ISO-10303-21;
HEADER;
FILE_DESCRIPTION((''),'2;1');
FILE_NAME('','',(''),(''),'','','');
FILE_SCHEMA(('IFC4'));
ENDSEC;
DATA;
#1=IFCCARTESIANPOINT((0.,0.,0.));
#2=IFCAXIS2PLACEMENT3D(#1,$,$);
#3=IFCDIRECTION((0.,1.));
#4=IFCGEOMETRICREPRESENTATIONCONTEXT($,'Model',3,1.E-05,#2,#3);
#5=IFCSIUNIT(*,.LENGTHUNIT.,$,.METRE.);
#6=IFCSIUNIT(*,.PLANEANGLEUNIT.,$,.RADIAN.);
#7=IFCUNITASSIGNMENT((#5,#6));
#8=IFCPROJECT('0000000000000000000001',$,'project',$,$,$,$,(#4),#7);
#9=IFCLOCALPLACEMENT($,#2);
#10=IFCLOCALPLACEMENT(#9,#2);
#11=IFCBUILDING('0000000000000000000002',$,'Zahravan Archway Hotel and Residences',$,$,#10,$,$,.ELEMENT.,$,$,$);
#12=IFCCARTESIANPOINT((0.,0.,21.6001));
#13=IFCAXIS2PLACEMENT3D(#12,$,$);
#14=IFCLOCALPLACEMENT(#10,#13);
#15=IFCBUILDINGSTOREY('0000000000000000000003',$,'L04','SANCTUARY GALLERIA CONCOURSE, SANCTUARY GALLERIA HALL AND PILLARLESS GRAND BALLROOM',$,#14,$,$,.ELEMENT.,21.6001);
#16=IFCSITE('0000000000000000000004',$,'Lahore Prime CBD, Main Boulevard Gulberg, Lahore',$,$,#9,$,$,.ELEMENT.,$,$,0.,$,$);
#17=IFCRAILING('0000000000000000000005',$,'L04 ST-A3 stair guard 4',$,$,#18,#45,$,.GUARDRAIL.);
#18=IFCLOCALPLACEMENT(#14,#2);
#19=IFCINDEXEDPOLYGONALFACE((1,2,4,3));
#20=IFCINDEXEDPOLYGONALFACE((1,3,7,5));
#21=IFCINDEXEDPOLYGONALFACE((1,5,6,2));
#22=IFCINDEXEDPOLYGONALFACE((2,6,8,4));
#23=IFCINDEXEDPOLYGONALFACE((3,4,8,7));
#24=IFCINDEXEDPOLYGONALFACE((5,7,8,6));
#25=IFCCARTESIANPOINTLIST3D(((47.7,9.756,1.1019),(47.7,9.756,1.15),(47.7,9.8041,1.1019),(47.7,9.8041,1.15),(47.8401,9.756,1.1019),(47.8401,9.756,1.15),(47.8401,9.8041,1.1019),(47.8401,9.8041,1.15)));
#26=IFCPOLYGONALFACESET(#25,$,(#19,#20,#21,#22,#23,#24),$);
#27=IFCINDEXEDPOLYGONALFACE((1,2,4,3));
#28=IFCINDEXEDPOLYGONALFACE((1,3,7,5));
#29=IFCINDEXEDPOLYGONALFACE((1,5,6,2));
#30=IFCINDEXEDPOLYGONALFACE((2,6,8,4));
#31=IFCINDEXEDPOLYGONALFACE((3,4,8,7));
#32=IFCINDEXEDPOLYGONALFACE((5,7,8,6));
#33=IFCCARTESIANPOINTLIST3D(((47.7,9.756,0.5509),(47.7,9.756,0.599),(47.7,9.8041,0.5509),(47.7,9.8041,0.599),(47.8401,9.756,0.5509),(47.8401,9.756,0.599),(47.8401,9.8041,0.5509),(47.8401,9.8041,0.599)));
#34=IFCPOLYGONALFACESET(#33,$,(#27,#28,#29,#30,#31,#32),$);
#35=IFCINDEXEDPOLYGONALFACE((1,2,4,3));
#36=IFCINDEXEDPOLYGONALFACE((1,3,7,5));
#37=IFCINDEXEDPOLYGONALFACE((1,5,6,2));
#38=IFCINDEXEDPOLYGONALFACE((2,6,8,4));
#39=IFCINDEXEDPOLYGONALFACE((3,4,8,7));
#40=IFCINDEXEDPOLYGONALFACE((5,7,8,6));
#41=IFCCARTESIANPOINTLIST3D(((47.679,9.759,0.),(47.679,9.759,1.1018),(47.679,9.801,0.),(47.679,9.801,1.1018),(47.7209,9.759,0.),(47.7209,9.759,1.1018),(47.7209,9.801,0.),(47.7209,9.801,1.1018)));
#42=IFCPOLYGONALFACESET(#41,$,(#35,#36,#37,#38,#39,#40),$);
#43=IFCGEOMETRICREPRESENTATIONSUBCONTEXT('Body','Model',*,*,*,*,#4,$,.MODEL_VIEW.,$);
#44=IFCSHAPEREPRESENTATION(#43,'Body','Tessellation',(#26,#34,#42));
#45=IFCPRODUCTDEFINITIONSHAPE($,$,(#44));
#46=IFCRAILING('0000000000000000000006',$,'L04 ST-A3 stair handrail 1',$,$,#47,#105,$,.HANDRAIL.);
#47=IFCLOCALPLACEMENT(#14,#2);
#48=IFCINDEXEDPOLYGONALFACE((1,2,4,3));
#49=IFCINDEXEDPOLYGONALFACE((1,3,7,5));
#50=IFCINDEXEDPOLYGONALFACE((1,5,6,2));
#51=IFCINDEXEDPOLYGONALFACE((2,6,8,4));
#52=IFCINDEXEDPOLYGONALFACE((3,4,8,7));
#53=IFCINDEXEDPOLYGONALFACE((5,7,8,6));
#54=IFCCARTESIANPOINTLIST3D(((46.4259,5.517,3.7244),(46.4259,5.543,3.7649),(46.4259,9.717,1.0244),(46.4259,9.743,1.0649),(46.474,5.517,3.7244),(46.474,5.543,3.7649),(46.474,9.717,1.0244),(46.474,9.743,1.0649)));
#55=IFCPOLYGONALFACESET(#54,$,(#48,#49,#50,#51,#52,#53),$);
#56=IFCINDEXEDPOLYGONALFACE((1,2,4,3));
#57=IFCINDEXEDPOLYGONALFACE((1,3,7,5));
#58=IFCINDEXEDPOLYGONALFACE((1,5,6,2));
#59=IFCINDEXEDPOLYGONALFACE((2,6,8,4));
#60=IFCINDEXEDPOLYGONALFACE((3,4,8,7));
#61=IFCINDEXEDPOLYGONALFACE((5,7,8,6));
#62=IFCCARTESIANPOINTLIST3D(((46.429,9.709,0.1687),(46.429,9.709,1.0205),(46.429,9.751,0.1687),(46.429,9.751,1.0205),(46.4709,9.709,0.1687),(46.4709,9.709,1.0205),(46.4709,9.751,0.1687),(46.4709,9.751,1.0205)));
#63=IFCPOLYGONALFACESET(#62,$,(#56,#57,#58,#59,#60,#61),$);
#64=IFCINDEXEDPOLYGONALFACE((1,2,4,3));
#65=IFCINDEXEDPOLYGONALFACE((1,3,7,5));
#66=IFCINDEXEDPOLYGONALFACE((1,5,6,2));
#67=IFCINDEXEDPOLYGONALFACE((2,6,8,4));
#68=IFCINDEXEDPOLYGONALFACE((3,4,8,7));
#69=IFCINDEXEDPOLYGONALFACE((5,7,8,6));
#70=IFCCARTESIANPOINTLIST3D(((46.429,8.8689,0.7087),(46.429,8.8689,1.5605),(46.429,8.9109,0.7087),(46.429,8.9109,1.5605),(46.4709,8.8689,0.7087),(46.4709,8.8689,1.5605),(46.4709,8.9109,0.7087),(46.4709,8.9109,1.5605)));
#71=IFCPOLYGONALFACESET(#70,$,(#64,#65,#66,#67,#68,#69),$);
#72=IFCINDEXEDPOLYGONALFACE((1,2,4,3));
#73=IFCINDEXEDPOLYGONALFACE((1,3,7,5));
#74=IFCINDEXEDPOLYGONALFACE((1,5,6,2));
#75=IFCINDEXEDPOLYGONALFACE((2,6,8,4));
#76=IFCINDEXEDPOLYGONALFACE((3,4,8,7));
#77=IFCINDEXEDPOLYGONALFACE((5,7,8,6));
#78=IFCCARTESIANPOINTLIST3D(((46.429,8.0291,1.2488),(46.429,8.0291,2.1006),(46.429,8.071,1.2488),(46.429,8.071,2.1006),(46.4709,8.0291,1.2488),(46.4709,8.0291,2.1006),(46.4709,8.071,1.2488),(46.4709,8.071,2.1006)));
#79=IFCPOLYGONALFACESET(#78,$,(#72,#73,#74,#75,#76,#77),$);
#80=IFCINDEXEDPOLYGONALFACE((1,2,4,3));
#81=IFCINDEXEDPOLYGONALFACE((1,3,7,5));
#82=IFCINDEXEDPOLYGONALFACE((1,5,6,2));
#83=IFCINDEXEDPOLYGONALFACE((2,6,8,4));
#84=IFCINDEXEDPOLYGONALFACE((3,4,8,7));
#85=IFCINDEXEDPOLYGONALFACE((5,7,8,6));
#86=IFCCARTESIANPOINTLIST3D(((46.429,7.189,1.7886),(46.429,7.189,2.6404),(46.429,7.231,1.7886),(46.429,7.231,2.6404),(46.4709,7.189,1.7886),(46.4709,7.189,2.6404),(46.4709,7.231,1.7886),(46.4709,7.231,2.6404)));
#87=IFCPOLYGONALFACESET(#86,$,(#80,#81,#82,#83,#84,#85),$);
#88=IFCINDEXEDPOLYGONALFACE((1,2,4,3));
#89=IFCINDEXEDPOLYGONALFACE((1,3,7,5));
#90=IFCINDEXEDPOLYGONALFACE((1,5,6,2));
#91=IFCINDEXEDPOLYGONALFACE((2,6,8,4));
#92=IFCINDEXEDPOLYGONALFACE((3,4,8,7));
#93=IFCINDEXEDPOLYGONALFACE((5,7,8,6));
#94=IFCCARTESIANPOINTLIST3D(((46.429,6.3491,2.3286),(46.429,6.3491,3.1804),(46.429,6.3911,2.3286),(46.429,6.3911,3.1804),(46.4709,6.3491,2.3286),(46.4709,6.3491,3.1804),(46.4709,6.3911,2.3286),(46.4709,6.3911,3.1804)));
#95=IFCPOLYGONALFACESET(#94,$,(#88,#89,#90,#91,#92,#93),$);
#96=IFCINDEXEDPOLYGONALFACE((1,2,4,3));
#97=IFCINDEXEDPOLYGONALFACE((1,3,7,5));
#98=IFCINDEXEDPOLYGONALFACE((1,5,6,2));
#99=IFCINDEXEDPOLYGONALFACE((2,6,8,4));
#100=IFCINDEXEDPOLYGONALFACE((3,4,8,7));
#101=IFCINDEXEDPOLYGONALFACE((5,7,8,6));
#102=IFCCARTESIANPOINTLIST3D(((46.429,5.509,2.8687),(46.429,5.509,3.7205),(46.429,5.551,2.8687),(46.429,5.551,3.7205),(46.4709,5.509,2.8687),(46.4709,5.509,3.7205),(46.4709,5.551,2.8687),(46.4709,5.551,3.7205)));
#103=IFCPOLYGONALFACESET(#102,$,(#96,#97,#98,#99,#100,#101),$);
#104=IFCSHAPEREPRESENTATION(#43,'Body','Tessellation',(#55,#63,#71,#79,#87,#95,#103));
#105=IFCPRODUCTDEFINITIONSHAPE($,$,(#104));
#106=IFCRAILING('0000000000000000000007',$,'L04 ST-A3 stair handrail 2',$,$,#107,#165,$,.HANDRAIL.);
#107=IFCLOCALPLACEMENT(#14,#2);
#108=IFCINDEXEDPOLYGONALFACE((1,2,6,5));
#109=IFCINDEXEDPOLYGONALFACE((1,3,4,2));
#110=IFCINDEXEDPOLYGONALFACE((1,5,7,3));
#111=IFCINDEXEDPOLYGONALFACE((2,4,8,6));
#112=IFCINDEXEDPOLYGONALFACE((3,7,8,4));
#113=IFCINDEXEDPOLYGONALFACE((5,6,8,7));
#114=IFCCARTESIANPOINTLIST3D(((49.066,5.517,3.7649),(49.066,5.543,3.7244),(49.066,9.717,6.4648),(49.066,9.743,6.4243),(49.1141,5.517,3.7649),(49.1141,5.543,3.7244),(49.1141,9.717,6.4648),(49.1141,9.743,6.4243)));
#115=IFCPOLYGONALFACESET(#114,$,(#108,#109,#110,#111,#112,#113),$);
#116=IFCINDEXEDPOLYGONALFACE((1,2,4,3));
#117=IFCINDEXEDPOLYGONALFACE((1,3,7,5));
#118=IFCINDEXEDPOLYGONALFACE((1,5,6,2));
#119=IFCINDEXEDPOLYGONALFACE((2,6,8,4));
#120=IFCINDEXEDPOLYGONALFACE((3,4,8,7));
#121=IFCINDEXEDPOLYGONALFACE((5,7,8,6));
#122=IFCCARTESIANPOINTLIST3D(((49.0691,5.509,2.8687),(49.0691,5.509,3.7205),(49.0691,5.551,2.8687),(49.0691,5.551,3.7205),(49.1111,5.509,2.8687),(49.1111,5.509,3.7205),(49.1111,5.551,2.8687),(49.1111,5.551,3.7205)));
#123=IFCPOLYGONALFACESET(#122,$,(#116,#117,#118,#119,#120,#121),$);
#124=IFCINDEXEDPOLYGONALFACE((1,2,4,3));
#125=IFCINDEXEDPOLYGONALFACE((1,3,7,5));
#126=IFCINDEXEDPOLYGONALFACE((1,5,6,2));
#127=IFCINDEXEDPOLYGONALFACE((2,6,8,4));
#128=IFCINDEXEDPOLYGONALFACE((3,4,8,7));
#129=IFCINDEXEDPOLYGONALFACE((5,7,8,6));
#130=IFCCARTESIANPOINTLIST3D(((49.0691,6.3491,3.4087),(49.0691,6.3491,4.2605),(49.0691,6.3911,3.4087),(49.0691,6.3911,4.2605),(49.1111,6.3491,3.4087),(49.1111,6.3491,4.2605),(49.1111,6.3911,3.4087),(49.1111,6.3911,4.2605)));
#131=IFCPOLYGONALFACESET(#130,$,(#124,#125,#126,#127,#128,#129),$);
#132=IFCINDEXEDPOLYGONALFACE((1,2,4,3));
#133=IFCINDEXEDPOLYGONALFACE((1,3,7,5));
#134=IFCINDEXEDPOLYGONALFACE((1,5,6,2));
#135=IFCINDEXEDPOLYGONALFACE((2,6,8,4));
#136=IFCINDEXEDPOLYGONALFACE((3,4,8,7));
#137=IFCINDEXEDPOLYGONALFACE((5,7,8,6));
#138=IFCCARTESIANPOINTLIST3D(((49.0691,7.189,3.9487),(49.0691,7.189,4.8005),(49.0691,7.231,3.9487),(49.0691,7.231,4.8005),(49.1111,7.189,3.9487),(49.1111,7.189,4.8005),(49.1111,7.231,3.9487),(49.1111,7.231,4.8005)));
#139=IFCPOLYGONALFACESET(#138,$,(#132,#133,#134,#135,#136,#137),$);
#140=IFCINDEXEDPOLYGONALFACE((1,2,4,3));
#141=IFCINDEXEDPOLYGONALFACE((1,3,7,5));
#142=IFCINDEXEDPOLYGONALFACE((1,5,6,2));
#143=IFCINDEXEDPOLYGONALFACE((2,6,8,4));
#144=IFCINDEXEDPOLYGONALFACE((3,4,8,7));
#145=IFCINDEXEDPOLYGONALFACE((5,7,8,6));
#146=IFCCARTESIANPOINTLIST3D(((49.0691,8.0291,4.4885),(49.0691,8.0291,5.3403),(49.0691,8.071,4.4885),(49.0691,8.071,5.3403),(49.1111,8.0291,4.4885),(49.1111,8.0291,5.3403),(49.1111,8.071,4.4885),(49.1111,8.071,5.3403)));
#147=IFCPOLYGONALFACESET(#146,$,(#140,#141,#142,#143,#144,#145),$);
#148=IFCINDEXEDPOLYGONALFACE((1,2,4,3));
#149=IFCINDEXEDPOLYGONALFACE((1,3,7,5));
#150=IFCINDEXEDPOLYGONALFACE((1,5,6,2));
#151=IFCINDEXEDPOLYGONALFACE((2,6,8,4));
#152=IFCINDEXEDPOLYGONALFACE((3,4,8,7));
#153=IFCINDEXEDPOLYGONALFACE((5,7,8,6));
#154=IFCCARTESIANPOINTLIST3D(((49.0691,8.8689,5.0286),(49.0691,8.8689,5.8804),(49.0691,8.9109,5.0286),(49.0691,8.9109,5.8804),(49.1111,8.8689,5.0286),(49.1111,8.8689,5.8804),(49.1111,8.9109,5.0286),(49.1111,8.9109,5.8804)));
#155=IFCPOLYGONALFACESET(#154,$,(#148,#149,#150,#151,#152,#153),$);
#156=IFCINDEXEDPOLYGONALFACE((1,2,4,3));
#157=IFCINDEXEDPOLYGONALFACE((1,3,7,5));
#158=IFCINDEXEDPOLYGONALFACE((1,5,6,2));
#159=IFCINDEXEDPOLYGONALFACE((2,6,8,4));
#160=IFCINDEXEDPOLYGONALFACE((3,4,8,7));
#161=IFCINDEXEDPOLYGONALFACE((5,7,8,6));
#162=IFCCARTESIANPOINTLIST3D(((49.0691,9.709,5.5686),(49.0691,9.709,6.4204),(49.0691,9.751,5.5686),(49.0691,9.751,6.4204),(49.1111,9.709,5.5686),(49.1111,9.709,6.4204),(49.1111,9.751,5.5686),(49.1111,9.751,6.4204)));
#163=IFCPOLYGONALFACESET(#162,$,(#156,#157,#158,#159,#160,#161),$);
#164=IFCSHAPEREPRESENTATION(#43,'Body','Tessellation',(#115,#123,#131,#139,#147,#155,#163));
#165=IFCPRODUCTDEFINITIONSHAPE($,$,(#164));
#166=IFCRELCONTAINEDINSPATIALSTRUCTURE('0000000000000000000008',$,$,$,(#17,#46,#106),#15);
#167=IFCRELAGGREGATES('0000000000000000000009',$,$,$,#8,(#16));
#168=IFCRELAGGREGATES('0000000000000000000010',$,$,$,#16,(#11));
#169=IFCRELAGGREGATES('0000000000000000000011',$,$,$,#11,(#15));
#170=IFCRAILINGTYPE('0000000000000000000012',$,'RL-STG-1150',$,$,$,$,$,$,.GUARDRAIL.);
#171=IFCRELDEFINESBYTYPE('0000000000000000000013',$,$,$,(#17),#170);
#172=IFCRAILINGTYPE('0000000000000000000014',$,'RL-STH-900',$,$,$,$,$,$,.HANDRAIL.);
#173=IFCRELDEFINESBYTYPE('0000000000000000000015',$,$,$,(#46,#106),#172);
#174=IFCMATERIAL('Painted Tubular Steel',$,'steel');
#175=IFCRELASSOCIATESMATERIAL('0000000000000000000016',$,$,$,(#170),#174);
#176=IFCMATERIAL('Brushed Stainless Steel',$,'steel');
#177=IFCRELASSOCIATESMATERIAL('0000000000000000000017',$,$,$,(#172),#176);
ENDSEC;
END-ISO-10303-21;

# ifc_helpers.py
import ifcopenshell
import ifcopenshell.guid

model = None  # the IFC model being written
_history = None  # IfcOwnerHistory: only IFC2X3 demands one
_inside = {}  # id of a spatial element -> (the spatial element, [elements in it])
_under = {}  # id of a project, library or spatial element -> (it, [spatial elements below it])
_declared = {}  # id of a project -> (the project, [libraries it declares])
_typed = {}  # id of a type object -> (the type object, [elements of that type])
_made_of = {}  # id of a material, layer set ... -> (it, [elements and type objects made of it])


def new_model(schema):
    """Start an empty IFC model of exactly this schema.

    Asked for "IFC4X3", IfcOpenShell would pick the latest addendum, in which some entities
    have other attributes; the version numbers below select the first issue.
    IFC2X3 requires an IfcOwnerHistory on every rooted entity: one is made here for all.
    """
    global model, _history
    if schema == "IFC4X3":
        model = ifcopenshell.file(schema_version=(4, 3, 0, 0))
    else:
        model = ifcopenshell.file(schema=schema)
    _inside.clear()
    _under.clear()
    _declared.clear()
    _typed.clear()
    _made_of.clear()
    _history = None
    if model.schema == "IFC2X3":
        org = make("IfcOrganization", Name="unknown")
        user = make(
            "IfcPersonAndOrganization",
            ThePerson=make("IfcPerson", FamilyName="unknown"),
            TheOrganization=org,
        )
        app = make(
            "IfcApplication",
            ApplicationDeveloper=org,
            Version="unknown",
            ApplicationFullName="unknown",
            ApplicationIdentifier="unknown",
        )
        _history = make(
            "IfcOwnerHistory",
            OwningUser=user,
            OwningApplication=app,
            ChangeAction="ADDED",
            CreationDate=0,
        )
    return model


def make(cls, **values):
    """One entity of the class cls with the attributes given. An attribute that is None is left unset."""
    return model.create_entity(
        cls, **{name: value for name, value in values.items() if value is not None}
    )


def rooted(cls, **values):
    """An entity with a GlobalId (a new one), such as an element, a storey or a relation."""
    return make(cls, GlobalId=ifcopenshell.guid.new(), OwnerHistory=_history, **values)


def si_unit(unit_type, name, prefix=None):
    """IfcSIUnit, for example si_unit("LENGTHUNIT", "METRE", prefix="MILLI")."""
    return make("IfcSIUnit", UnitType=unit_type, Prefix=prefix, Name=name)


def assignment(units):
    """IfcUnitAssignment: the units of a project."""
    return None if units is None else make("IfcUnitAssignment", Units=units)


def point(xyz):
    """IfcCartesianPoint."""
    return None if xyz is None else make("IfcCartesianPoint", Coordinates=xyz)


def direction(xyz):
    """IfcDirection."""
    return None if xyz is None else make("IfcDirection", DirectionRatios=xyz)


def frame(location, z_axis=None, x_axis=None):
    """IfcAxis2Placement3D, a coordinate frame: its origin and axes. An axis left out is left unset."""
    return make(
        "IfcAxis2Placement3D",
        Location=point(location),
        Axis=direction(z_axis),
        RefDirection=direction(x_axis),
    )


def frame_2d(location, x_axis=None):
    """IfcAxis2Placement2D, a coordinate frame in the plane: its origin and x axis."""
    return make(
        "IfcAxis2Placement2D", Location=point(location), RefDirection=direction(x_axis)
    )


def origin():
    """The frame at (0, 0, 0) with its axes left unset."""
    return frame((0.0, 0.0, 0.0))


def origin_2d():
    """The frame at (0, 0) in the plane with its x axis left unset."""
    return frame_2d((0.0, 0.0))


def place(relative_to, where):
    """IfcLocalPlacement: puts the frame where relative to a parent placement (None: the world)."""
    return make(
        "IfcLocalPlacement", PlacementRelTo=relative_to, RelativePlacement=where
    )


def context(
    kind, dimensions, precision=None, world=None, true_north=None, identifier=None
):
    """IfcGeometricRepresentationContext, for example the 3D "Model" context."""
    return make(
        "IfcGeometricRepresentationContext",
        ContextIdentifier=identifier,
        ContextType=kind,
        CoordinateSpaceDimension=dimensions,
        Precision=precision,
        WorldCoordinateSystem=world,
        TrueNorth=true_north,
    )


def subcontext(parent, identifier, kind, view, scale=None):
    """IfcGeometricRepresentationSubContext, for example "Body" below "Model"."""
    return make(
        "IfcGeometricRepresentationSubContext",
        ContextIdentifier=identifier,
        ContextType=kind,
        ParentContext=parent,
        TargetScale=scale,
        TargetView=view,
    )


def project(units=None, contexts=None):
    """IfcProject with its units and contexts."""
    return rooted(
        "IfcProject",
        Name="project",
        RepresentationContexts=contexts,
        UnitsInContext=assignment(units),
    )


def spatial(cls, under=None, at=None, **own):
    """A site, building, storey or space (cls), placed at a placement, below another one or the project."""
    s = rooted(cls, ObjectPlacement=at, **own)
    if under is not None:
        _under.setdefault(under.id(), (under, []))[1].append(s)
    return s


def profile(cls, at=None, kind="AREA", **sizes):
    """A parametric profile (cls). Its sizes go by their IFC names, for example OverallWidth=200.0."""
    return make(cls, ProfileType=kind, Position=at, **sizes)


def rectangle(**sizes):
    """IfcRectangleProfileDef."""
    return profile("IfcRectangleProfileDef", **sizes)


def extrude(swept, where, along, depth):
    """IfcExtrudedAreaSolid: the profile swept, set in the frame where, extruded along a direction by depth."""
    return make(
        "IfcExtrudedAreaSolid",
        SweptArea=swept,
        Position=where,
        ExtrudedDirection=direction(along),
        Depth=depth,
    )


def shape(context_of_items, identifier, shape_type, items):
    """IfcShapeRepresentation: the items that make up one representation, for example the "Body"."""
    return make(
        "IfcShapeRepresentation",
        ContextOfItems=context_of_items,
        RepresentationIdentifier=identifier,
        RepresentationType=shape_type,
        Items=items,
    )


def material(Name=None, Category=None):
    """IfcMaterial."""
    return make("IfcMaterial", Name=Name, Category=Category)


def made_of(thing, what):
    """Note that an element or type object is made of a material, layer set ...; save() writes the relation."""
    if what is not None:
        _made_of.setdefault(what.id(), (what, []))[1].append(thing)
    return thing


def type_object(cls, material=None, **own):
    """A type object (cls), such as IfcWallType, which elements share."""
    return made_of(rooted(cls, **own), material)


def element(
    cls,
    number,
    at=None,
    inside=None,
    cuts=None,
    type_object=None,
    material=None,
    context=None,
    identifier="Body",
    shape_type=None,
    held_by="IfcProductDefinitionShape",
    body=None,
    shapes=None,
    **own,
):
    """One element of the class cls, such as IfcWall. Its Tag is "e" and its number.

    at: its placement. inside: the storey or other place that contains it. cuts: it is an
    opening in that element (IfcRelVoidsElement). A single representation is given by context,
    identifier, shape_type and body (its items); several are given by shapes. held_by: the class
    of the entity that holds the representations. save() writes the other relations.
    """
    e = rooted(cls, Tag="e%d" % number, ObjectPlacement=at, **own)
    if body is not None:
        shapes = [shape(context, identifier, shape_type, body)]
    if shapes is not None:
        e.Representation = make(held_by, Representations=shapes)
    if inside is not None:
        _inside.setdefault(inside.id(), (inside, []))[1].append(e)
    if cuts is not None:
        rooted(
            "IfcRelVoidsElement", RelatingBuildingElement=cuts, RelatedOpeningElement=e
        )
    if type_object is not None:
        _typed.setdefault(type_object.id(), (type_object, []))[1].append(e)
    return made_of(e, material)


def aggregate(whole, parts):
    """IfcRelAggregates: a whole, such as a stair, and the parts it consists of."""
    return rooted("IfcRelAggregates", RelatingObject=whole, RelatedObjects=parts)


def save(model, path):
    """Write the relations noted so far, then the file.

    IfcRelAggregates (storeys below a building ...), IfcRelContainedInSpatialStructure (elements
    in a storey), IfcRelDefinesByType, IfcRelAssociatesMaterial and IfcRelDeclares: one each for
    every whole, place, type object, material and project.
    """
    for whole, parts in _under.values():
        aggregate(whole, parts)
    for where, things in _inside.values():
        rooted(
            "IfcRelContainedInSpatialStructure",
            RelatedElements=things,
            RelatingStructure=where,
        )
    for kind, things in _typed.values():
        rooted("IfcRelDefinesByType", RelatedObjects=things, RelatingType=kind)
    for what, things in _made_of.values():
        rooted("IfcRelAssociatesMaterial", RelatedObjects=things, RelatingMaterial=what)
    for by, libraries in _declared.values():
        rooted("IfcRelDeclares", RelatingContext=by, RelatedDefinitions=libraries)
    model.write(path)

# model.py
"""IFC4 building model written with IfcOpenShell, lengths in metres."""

from ifc_helpers import new_model, si_unit, direction, frame, origin, origin_2d, place, context, subcontext, project, spatial, rectangle, extrude, material, type_object, element, save


model = new_model("IFC4")

# Units and contexts
model_context = context("Model", 3, precision=1e-05, world=origin(), true_north=direction((0.0, 1.0)))
body_context = subcontext(model_context, "Body", "Model", "MODEL_VIEW")
ifc_project = project(units=[si_unit("LENGTHUNIT", "METRE"), si_unit("PLANEANGLEUNIT", "RADIAN")], contexts=[model_context])

# Site, building, storey
site_placement = place(None, origin())
site = spatial("IfcSite", under=ifc_project, at=site_placement, Name="Lahore Prime CBD, Main Boulevard Gulberg, Lahore", CompositionType="ELEMENT", RefElevation=0.0)
building_placement = place(site_placement, origin())
building = spatial("IfcBuilding", under=site, at=building_placement, Name="Zahravan Archway Hotel and Residences", CompositionType="ELEMENT")
storey_placement = place(building_placement, frame((0.0, 0.0, 21.6001)))
storey = spatial("IfcBuildingStorey", under=building, at=storey_placement, Name="L04", Description="SANCTUARY GALLERIA CONCOURSE, SANCTUARY GALLERIA HALL AND PILLARLESS GRAND BALLROOM", CompositionType="ELEMENT", Elevation=21.6001)

# Railings
ifc_material_1 = material(Name="Painted Tubular Steel", Category="steel")
railing_type_1 = type_object("IfcRailingType", Name="RL-STG-1150", PredefinedType="GUARDRAIL", material=ifc_material_1)
railing_1_placement = place(storey_placement, frame((47.7, 9.78, 0.0)))
element("IfcRailing", 1, at=railing_1_placement, inside=storey, type_object=railing_type_1, Name="L04 ST-A3 stair guard 4", PredefinedType="GUARDRAIL", context=body_context, shape_type="SweptSolid", body=[
    extrude(rectangle(XDim=0.0481, YDim=0.0481, at=origin_2d()), frame((0.0, 0.0, 1.126), z_axis=(1.0, 0.0, 0.0), x_axis=(0.0, 1.0, 0.0)), (0.0, 0.0, 1.0), 0.1401),
    extrude(rectangle(XDim=0.0481, YDim=0.0481, at=origin_2d()), frame((0.0, 0.0, 0.575), z_axis=(1.0, 0.0, 0.0), x_axis=(0.0, 1.0, 0.0)), (0.0, 0.0, 1.0), 0.1401),
    extrude(rectangle(XDim=0.042, YDim=0.042, at=origin_2d()), origin(), (0.0, 0.0, 1.0), 1.1018),
])
ifc_material_2 = material(Name="Brushed Stainless Steel", Category="steel")
railing_type_2 = type_object("IfcRailingType", Name="RL-STH-900", PredefinedType="HANDRAIL", material=ifc_material_2)
railing_2_placement = place(storey_placement, frame((46.45, 9.73, 0.1687)))
element("IfcRailing", 2, at=railing_2_placement, inside=storey, type_object=railing_type_2, Name="L04 ST-A3 stair handrail 1", PredefinedType="HANDRAIL", context=body_context, shape_type="SweptSolid", body=[
    extrude(rectangle(XDim=0.0481, YDim=0.0481, at=origin_2d()), frame((0.0, 0.0, 0.876), z_axis=(0.0, -0.84118, 0.540755), x_axis=(1.0, 0.0, 0.0)), (0.0, 0.0, 1.0), 4.9929),
    extrude(rectangle(XDim=0.042, YDim=0.042, at=origin_2d()), origin(), (0.0, 0.0, 1.0), 0.8518),
    extrude(rectangle(XDim=0.042, YDim=0.042, at=origin_2d()), frame((0.0, -0.8401, 0.54)), (0.0, 0.0, 1.0), 0.8518),
    extrude(rectangle(XDim=0.042, YDim=0.042, at=origin_2d()), frame((0.0, -1.6799, 1.0801)), (0.0, 0.0, 1.0), 0.8518),
    extrude(rectangle(XDim=0.042, YDim=0.042, at=origin_2d()), frame((0.0, -2.52, 1.6199)), (0.0, 0.0, 1.0), 0.8518),
    extrude(rectangle(XDim=0.042, YDim=0.042, at=origin_2d()), frame((0.0, -3.3599, 2.1599)), (0.0, 0.0, 1.0), 0.8518),
    extrude(rectangle(XDim=0.042, YDim=0.042, at=origin_2d()), frame((0.0, -4.2, 2.7)), (0.0, 0.0, 1.0), 0.8518),
])
railing_3_placement = place(storey_placement, frame((49.0901, 5.53, 2.8687)))
element("IfcRailing", 3, at=railing_3_placement, inside=storey, type_object=railing_type_2, Name="L04 ST-A3 stair handrail 2", PredefinedType="HANDRAIL", context=body_context, shape_type="SweptSolid", body=[
    extrude(rectangle(XDim=0.0481, YDim=0.0481, at=origin_2d()), frame((0.0, 0.0, 0.876), z_axis=(0.0, 0.84118, 0.540755), x_axis=(-1.0, 0.0, 0.0)), (0.0, 0.0, 1.0), 4.9929),
    extrude(rectangle(XDim=0.042, YDim=0.042, at=origin_2d()), origin(), (0.0, 0.0, 1.0), 0.8518),
    extrude(rectangle(XDim=0.042, YDim=0.042, at=origin_2d()), frame((0.0, 0.8401, 0.54)), (0.0, 0.0, 1.0), 0.8518),
    extrude(rectangle(XDim=0.042, YDim=0.042, at=origin_2d()), frame((0.0, 1.6799, 1.0801)), (0.0, 0.0, 1.0), 0.8518),
    extrude(rectangle(XDim=0.042, YDim=0.042, at=origin_2d()), frame((0.0, 2.52, 1.6199)), (0.0, 0.0, 1.0), 0.8518),
    extrude(rectangle(XDim=0.042, YDim=0.042, at=origin_2d()), frame((0.0, 3.3599, 2.1599)), (0.0, 0.0, 1.0), 0.8518),
    extrude(rectangle(XDim=0.042, YDim=0.042, at=origin_2d()), frame((0.0, 4.2, 2.7)), (0.0, 0.0, 1.0), 0.8518),
])

save(model, "model.ifc")
